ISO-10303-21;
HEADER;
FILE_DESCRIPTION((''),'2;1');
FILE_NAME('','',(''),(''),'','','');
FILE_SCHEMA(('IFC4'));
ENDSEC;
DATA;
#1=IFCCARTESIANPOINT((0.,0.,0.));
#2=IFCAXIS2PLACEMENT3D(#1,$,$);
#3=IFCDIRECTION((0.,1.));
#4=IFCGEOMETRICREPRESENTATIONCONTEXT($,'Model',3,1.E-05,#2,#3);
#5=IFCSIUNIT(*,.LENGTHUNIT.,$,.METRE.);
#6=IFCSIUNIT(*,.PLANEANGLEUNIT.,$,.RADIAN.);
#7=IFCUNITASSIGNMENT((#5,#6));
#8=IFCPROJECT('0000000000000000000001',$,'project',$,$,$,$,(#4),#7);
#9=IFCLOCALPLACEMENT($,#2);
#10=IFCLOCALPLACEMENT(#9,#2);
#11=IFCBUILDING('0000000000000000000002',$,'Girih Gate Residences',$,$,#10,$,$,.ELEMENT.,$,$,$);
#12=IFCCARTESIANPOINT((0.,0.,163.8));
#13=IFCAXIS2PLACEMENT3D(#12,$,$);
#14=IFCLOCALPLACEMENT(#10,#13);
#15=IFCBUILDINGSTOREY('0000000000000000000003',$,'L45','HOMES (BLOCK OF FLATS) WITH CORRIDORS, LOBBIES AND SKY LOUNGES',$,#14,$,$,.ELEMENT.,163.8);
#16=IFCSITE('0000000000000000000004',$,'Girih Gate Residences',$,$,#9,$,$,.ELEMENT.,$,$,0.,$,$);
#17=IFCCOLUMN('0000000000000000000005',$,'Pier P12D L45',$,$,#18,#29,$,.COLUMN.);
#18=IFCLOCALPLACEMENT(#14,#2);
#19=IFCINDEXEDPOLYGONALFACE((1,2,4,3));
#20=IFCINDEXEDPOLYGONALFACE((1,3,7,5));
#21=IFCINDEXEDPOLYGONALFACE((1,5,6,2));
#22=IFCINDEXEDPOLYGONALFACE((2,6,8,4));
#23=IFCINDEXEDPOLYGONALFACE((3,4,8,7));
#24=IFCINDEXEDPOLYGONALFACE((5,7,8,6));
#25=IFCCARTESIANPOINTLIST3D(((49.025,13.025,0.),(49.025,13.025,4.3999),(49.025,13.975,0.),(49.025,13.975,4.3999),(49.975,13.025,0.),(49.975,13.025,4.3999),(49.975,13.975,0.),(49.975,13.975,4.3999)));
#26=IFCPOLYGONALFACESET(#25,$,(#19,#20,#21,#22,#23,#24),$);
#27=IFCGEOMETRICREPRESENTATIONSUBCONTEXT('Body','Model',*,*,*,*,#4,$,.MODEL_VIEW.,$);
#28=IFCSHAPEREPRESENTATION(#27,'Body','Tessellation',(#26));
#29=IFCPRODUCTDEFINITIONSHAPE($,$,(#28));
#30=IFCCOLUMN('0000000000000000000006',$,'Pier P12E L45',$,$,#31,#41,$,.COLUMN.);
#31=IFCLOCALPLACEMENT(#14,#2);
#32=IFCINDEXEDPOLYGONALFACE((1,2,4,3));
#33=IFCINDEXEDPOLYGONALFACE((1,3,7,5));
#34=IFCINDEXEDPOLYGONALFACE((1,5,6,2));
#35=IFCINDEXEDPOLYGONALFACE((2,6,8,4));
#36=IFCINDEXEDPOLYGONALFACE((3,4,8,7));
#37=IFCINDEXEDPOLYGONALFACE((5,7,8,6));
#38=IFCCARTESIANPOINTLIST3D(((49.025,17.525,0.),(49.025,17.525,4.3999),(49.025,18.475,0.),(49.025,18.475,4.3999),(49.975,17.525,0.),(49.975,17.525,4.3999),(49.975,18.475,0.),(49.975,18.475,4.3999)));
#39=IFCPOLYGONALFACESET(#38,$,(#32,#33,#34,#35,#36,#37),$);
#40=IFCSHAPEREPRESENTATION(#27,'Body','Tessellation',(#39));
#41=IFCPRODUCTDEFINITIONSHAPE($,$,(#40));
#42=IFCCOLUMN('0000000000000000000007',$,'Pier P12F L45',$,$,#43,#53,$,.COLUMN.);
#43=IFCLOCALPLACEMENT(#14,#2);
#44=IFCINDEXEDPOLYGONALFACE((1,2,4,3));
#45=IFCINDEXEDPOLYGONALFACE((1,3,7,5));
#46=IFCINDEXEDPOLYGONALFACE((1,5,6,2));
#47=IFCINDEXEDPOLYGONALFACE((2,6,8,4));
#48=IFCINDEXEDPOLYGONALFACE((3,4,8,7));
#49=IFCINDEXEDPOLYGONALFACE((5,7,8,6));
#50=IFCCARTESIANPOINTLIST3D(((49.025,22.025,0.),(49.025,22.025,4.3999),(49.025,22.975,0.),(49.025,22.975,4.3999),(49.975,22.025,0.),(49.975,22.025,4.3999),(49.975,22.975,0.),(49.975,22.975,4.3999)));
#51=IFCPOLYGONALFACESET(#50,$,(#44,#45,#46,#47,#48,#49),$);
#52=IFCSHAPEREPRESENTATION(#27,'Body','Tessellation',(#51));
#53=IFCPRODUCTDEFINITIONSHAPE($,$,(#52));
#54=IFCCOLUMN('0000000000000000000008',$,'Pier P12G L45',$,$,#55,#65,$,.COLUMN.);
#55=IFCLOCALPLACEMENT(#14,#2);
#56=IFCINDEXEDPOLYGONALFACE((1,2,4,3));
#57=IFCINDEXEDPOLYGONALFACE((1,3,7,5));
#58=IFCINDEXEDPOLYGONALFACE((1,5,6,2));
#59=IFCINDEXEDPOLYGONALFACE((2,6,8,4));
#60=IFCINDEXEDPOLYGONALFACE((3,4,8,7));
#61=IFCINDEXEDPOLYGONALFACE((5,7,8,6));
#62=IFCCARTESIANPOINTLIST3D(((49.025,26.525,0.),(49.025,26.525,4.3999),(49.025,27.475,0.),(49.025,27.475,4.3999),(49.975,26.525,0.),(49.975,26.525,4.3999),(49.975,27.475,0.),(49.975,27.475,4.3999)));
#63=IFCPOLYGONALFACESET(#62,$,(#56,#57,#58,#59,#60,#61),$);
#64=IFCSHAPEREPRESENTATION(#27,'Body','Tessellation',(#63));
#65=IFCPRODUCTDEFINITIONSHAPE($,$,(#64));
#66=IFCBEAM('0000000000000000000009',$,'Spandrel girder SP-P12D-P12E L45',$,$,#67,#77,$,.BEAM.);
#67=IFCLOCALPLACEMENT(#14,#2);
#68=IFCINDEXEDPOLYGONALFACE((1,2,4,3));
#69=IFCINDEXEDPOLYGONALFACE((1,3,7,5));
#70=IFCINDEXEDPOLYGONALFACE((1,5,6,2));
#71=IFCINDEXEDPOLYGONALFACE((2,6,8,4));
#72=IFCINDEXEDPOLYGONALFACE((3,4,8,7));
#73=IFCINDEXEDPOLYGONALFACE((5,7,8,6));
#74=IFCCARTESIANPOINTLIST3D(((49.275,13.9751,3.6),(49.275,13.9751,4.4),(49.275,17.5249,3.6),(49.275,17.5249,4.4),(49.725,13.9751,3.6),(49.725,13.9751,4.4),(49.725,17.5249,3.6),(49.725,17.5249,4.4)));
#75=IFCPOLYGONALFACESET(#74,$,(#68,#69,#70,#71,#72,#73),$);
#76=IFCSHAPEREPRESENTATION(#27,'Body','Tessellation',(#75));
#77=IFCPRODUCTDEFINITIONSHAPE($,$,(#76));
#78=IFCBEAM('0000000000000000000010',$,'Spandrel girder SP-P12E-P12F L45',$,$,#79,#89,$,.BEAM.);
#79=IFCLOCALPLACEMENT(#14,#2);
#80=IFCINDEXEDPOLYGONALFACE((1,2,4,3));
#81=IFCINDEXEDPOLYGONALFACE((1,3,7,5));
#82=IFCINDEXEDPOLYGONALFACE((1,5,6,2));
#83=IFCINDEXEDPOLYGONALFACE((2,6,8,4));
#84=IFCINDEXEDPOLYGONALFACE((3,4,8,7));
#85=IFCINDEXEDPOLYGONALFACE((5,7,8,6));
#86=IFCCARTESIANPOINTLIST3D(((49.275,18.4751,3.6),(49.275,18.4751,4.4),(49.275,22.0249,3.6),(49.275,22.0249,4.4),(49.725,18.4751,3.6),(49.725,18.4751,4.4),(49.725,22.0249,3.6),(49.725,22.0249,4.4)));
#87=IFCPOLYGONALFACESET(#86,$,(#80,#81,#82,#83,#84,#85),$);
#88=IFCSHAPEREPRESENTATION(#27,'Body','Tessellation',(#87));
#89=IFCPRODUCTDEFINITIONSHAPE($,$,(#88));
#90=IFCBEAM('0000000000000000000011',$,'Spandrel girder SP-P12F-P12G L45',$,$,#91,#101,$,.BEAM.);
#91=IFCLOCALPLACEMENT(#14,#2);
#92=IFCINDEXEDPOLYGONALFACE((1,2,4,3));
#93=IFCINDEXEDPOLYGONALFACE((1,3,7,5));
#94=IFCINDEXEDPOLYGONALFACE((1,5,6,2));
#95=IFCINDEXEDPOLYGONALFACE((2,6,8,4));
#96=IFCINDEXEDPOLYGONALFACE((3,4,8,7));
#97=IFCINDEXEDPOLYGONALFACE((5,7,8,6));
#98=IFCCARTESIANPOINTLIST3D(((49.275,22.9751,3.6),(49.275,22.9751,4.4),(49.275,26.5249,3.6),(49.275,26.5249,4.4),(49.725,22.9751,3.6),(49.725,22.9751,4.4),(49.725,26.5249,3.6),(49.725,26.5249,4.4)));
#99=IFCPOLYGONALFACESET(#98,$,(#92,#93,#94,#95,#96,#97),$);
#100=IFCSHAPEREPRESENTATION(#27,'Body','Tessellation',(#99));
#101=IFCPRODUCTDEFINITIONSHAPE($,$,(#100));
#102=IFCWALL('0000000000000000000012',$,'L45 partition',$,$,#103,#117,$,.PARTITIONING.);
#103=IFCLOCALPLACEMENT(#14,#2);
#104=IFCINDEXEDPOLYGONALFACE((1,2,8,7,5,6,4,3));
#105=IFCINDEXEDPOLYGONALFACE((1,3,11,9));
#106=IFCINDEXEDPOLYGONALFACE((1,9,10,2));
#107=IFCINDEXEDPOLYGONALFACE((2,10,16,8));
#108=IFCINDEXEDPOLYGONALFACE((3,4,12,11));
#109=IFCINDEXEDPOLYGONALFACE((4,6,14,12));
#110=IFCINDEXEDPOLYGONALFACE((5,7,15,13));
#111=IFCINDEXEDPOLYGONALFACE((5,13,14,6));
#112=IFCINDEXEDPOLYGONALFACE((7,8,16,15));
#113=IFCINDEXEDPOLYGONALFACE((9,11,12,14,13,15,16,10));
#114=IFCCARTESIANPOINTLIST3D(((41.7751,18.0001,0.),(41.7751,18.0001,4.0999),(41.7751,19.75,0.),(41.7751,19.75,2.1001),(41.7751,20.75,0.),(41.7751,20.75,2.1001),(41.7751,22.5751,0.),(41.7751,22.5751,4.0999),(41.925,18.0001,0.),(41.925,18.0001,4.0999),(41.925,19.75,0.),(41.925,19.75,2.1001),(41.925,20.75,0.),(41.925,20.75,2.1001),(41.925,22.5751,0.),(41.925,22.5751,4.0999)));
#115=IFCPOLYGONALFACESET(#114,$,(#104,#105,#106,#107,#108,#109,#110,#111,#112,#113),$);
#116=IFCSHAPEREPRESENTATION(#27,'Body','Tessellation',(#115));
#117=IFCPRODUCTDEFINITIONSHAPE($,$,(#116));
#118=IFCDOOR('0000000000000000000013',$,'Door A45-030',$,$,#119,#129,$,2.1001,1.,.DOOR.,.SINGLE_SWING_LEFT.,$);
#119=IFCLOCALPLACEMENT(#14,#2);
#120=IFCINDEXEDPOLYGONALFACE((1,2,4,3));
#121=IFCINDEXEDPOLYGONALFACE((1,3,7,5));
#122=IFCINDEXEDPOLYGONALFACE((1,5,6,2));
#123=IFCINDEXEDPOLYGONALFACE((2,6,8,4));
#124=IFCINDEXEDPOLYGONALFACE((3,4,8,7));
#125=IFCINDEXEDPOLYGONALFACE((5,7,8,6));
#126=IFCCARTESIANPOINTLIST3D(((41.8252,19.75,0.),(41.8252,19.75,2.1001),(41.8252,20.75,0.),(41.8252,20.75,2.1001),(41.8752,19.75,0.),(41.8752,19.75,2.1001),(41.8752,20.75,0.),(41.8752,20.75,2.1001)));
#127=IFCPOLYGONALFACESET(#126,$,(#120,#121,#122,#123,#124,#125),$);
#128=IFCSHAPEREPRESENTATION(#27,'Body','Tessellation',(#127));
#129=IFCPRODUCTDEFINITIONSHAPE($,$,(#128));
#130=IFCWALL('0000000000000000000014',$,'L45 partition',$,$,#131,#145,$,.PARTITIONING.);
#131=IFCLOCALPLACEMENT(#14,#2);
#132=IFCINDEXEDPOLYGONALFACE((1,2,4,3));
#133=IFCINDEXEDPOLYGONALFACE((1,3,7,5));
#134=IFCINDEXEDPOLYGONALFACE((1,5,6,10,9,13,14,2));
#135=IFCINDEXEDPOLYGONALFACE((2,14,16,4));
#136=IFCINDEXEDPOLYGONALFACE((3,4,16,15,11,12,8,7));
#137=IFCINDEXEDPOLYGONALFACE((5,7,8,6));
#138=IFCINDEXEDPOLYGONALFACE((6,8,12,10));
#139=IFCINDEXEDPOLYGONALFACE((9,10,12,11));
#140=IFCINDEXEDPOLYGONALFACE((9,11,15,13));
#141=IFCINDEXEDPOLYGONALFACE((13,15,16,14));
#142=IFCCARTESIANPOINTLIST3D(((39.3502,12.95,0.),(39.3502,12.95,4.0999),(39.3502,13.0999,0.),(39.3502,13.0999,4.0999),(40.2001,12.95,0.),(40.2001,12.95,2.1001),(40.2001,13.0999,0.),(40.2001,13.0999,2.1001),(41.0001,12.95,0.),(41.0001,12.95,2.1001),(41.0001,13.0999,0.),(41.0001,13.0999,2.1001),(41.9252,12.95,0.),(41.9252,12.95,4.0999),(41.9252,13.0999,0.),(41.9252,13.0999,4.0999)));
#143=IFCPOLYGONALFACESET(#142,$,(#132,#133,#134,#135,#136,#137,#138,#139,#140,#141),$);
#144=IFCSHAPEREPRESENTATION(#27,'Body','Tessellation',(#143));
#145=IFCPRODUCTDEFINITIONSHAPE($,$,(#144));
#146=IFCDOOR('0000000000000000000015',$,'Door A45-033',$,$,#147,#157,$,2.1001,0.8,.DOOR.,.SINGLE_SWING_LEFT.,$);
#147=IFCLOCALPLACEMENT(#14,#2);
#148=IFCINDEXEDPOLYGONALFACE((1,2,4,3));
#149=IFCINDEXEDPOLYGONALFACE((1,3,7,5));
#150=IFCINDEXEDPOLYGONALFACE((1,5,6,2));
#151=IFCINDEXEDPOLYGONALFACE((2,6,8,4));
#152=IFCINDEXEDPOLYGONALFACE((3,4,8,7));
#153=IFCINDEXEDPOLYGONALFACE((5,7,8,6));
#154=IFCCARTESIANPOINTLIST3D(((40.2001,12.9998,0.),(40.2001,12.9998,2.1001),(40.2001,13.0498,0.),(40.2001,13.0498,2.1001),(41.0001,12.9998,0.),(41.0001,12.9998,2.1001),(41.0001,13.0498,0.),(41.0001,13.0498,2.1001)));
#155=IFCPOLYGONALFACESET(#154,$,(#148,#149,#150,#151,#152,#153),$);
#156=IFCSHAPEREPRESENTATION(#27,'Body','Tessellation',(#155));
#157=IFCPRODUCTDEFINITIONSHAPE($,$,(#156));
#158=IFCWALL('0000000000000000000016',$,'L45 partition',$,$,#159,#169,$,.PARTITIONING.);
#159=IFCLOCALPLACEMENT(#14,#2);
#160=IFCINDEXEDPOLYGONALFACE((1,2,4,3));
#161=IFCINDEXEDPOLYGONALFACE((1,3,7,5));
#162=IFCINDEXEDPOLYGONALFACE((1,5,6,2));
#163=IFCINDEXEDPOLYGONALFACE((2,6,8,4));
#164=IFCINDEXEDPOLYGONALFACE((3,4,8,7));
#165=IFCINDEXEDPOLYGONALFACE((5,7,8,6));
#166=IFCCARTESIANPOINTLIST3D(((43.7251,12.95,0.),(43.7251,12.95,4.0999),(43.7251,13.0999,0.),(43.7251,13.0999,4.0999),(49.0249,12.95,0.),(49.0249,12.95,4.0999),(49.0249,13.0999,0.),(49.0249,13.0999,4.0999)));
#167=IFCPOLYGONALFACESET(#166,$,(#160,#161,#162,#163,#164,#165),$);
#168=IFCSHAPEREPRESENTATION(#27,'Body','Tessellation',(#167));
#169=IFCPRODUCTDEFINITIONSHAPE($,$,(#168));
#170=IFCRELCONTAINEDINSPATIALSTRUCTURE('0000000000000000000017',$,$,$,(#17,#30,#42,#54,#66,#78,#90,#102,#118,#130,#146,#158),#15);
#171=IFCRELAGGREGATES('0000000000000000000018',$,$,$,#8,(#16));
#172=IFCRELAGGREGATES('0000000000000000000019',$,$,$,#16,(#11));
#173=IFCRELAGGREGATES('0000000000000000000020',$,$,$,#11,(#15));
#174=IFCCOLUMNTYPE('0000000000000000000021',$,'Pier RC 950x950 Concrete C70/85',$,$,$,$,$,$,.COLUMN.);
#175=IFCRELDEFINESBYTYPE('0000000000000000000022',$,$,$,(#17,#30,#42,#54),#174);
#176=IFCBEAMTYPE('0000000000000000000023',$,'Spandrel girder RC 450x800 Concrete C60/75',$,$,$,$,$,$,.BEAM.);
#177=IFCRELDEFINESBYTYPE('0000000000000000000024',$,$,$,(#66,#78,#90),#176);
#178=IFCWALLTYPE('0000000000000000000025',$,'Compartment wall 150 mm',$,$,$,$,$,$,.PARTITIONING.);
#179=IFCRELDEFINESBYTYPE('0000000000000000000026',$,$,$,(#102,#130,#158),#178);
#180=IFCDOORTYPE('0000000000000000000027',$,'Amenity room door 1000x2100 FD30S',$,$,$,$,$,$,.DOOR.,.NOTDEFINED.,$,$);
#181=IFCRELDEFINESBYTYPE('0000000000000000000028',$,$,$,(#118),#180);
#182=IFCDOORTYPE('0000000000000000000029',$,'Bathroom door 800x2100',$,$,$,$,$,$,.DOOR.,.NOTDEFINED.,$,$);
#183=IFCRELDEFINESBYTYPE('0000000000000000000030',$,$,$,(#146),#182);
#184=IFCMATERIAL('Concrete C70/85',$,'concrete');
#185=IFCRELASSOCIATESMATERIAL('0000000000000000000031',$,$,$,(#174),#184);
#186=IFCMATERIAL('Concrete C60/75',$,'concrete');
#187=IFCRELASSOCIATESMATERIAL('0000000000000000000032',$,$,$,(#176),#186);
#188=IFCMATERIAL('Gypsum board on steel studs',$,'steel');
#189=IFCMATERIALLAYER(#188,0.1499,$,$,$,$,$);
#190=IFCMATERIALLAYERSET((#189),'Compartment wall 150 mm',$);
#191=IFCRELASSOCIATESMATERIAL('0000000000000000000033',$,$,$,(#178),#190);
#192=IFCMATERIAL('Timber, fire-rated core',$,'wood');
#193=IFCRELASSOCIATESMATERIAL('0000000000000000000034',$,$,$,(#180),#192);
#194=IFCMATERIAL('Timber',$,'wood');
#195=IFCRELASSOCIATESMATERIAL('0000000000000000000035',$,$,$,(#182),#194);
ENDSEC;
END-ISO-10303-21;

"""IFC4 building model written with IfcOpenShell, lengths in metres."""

from ifc_helpers import new_model, si_unit, direction, frame, frame_2d, origin, origin_2d, place, context, subcontext, project, spatial, rectangle, extrude, material, layer, layer_set, material_profile, profile_set, type_object, element, fill, save


model = new_model("IFC4")

# Units and contexts
model_context = context("Model", 3, precision=1e-05, world=origin(), true_north=direction((0.0, 1.0)))
body_context = subcontext(model_context, "Body", "Model", "MODEL_VIEW")
ifc_project = project(units=[si_unit("LENGTHUNIT", "METRE"), si_unit("PLANEANGLEUNIT", "RADIAN")], contexts=[model_context])

# Site, building, storey
site_placement = place(None, origin())
site = spatial("IfcSite", under=ifc_project, at=site_placement, Name="Girih Gate Residences", CompositionType="ELEMENT", RefElevation=0.0)
building_placement = place(site_placement, origin())
building = spatial("IfcBuilding", under=site, at=building_placement, Name="Girih Gate Residences", CompositionType="ELEMENT")
storey_placement = place(building_placement, frame((0.0, 0.0, 163.8)))
storey = spatial("IfcBuildingStorey", under=building, at=storey_placement, Name="L45", Description="HOMES (BLOCK OF FLATS) WITH CORRIDORS, LOBBIES AND SKY LOUNGES", CompositionType="ELEMENT", Elevation=163.8)

# Columns
ifc_material_1 = material(Name="Concrete C70/85", Category="concrete")
ifc_material_profile_1 = material_profile(ifc_material_1, rectangle(XDim=0.95, YDim=0.95, at=origin_2d()))
ifc_profile_set_1 = profile_set([ifc_material_profile_1], Name="Concrete C70/85")
column_type = type_object("IfcColumnType", Name="Pier RC 950x950 Concrete C70/85", PredefinedType="COLUMN", material=ifc_profile_set_1)
for number, where, z_axis, x_axis, name in (
    (1, (49.5, 13.5, 0.0), (0.0, 0.0, 1.0), (1.0, 0.0, 0.0), "Pier P12D L45"),
    (2, (49.5, 18.0, 0.0), (0.0, 0.0, 1.0), (1.0, 0.0, 0.0), "Pier P12E L45"),
    (3, (49.5, 22.5, 0.0), (0.0, 0.0, 1.0), (1.0, 0.0, 0.0), "Pier P12F L45"),
    (4, (49.5, 27.0, 0.0), (0.0, 0.0, 1.0), (1.0, 0.0, 0.0), "Pier P12G L45"),
):
    element("IfcColumn", number, at=place(storey_placement, frame(where, z_axis=z_axis, x_axis=x_axis)), inside=storey, type_object=column_type, Name=name, PredefinedType="COLUMN", context=body_context, shape_type="SweptSolid", body=[
        extrude(rectangle(XDim=0.95, YDim=0.95, at=origin_2d()), origin(), (0.0, 0.0, 1.0), 4.3999),
    ])

# Beams
ifc_material_2 = material(Name="Concrete C60/75", Category="concrete")
ifc_material_profile_2 = material_profile(ifc_material_2, rectangle(XDim=0.45, YDim=0.8, at=origin_2d()))
ifc_profile_set_2 = profile_set([ifc_material_profile_2], Name="Concrete C60/75")
beam_type = type_object("IfcBeamType", Name="Spandrel girder RC 450x800 Concrete C60/75", PredefinedType="BEAM", material=ifc_profile_set_2)
for number, where, z_axis, x_axis, name in (
    (5, (49.5, 13.9751, 4.0), (0.0, 1.0, 0.0), (-1.0, 0.0, 0.0), "Spandrel girder SP-P12D-P12E L45"),
    (6, (49.5, 18.4751, 4.0), (0.0, 1.0, 0.0), (-1.0, 0.0, 0.0), "Spandrel girder SP-P12E-P12F L45"),
    (7, (49.5, 22.9751, 4.0), (0.0, 1.0, 0.0), (-1.0, 0.0, 0.0), "Spandrel girder SP-P12F-P12G L45"),
):
    element("IfcBeam", number, at=place(storey_placement, frame(where, z_axis=z_axis, x_axis=x_axis)), inside=storey, type_object=beam_type, Name=name, PredefinedType="BEAM", context=body_context, shape_type="SweptSolid", body=[
        extrude(rectangle(XDim=0.45, YDim=0.8, at=origin_2d()), origin(), (0.0, 0.0, 1.0), 3.5498),
    ])

# Walls, openings, doors
ifc_material_3 = material(Name="Gypsum board on steel studs", Category="steel")
ifc_layer_1 = layer(ifc_material_3, 0.1499)
ifc_layer_set_1 = layer_set([ifc_layer_1], Name="Compartment wall 150 mm")
wall_type_1 = type_object("IfcWallType", Name="Compartment wall 150 mm", PredefinedType="PARTITIONING", material=ifc_layer_set_1)
wall_1_placement = place(storey_placement, frame((41.8501, 18.0, 0.0), z_axis=(0.0, 0.0, 1.0), x_axis=(0.0, 1.0, 0.0)))
wall_1 = element("IfcWall", 8, at=wall_1_placement, inside=storey, type_object=wall_type_1, Name="L45 partition", PredefinedType="PARTITIONING", context=body_context, shape_type="SweptSolid", body=[
    extrude(rectangle(XDim=4.575, YDim=0.1499, at=frame_2d((2.2876, 0.0))), origin(), (0.0, 0.0, 1.0), 4.0999),
])
opening_1_placement = place(wall_1_placement, frame((1.75, 0.0, 0.0)))
opening_1 = element("IfcOpeningElement", 9, at=opening_1_placement, cuts=wall_1, PredefinedType="OPENING", context=body_context, shape_type="SweptSolid", body=[
    extrude(rectangle(XDim=1.0, YDim=2.1001, at=frame_2d((0.5, 1.05))), frame((0.0, 0.085, 0.0), z_axis=(0.0, -1.0, 0.0), x_axis=(1.0, 0.0, 0.0)), (0.0, 0.0, 1.0), 0.1699),
])
ifc_material_4 = material(Name="Timber, fire-rated core", Category="wood")
door_type_1 = type_object("IfcDoorType", Name="Amenity room door 1000x2100 FD30S", OperationType="NOTDEFINED", PredefinedType="DOOR", material=ifc_material_4)
door_1_placement = place(opening_1_placement, origin())
door_1 = element("IfcDoor", 10, at=door_1_placement, inside=storey, type_object=door_type_1, Name="Door A45-030", OperationType="SINGLE_SWING_LEFT", OverallHeight=2.1001, OverallWidth=1.0, PredefinedType="DOOR", context=body_context, shape_type="SweptSolid", body=[
    extrude(rectangle(XDim=1.0, YDim=2.1001, at=frame_2d((0.5, 1.05))), frame((0.0, 0.0249, 0.0), z_axis=(0.0, -1.0, 0.0), x_axis=(1.0, 0.0, 0.0)), (0.0, 0.0, 1.0), 0.05),
])
fill(opening_1, door_1)
wall_2_placement = place(storey_placement, frame((39.3501, 13.0249, 0.0), z_axis=(0.0, 0.0, 1.0), x_axis=(1.0, 0.0, 0.0)))
wall_2 = element("IfcWall", 11, at=wall_2_placement, inside=storey, type_object=wall_type_1, Name="L45 partition", PredefinedType="PARTITIONING", context=body_context, shape_type="SweptSolid", body=[
    extrude(rectangle(XDim=2.575, YDim=0.1499, at=frame_2d((1.2876, 0.0))), origin(), (0.0, 0.0, 1.0), 4.0999),
])
opening_2_placement = place(wall_2_placement, frame((0.8501, 0.0, 0.0)))
opening_2 = element("IfcOpeningElement", 12, at=opening_2_placement, cuts=wall_2, PredefinedType="OPENING", context=body_context, shape_type="SweptSolid", body=[
    extrude(rectangle(XDim=0.8, YDim=2.1001, at=frame_2d((0.3999, 1.05))), frame((0.0, 0.085, 0.0), z_axis=(0.0, -1.0, 0.0), x_axis=(1.0, 0.0, 0.0)), (0.0, 0.0, 1.0), 0.1699),
])
ifc_material_5 = material(Name="Timber", Category="wood")
door_type_2 = type_object("IfcDoorType", Name="Bathroom door 800x2100", OperationType="NOTDEFINED", PredefinedType="DOOR", material=ifc_material_5)
door_2_placement = place(opening_2_placement, origin())
door_2 = element("IfcDoor", 13, at=door_2_placement, inside=storey, type_object=door_type_2, Name="Door A45-033", OperationType="SINGLE_SWING_LEFT", OverallHeight=2.1001, OverallWidth=0.8, PredefinedType="DOOR", context=body_context, shape_type="SweptSolid", body=[
    extrude(rectangle(XDim=0.8, YDim=2.1001, at=frame_2d((0.3999, 1.05))), frame((0.0, 0.0249, 0.0), z_axis=(0.0, -1.0, 0.0), x_axis=(1.0, 0.0, 0.0)), (0.0, 0.0, 1.0), 0.05),
])
fill(opening_2, door_2)

# Wall
wall_3_placement = place(storey_placement, frame((43.7251, 13.0249, 0.0), z_axis=(0.0, 0.0, 1.0), x_axis=(1.0, 0.0, 0.0)))
element("IfcWall", 14, at=wall_3_placement, inside=storey, type_object=wall_type_1, Name="L45 partition", PredefinedType="PARTITIONING", context=body_context, shape_type="SweptSolid", body=[
    extrude(rectangle(XDim=5.2998, YDim=0.1499, at=frame_2d((2.6499, 0.0))), origin(), (0.0, 0.0, 1.0), 4.0999),
])

save(model, "model.ifc")
